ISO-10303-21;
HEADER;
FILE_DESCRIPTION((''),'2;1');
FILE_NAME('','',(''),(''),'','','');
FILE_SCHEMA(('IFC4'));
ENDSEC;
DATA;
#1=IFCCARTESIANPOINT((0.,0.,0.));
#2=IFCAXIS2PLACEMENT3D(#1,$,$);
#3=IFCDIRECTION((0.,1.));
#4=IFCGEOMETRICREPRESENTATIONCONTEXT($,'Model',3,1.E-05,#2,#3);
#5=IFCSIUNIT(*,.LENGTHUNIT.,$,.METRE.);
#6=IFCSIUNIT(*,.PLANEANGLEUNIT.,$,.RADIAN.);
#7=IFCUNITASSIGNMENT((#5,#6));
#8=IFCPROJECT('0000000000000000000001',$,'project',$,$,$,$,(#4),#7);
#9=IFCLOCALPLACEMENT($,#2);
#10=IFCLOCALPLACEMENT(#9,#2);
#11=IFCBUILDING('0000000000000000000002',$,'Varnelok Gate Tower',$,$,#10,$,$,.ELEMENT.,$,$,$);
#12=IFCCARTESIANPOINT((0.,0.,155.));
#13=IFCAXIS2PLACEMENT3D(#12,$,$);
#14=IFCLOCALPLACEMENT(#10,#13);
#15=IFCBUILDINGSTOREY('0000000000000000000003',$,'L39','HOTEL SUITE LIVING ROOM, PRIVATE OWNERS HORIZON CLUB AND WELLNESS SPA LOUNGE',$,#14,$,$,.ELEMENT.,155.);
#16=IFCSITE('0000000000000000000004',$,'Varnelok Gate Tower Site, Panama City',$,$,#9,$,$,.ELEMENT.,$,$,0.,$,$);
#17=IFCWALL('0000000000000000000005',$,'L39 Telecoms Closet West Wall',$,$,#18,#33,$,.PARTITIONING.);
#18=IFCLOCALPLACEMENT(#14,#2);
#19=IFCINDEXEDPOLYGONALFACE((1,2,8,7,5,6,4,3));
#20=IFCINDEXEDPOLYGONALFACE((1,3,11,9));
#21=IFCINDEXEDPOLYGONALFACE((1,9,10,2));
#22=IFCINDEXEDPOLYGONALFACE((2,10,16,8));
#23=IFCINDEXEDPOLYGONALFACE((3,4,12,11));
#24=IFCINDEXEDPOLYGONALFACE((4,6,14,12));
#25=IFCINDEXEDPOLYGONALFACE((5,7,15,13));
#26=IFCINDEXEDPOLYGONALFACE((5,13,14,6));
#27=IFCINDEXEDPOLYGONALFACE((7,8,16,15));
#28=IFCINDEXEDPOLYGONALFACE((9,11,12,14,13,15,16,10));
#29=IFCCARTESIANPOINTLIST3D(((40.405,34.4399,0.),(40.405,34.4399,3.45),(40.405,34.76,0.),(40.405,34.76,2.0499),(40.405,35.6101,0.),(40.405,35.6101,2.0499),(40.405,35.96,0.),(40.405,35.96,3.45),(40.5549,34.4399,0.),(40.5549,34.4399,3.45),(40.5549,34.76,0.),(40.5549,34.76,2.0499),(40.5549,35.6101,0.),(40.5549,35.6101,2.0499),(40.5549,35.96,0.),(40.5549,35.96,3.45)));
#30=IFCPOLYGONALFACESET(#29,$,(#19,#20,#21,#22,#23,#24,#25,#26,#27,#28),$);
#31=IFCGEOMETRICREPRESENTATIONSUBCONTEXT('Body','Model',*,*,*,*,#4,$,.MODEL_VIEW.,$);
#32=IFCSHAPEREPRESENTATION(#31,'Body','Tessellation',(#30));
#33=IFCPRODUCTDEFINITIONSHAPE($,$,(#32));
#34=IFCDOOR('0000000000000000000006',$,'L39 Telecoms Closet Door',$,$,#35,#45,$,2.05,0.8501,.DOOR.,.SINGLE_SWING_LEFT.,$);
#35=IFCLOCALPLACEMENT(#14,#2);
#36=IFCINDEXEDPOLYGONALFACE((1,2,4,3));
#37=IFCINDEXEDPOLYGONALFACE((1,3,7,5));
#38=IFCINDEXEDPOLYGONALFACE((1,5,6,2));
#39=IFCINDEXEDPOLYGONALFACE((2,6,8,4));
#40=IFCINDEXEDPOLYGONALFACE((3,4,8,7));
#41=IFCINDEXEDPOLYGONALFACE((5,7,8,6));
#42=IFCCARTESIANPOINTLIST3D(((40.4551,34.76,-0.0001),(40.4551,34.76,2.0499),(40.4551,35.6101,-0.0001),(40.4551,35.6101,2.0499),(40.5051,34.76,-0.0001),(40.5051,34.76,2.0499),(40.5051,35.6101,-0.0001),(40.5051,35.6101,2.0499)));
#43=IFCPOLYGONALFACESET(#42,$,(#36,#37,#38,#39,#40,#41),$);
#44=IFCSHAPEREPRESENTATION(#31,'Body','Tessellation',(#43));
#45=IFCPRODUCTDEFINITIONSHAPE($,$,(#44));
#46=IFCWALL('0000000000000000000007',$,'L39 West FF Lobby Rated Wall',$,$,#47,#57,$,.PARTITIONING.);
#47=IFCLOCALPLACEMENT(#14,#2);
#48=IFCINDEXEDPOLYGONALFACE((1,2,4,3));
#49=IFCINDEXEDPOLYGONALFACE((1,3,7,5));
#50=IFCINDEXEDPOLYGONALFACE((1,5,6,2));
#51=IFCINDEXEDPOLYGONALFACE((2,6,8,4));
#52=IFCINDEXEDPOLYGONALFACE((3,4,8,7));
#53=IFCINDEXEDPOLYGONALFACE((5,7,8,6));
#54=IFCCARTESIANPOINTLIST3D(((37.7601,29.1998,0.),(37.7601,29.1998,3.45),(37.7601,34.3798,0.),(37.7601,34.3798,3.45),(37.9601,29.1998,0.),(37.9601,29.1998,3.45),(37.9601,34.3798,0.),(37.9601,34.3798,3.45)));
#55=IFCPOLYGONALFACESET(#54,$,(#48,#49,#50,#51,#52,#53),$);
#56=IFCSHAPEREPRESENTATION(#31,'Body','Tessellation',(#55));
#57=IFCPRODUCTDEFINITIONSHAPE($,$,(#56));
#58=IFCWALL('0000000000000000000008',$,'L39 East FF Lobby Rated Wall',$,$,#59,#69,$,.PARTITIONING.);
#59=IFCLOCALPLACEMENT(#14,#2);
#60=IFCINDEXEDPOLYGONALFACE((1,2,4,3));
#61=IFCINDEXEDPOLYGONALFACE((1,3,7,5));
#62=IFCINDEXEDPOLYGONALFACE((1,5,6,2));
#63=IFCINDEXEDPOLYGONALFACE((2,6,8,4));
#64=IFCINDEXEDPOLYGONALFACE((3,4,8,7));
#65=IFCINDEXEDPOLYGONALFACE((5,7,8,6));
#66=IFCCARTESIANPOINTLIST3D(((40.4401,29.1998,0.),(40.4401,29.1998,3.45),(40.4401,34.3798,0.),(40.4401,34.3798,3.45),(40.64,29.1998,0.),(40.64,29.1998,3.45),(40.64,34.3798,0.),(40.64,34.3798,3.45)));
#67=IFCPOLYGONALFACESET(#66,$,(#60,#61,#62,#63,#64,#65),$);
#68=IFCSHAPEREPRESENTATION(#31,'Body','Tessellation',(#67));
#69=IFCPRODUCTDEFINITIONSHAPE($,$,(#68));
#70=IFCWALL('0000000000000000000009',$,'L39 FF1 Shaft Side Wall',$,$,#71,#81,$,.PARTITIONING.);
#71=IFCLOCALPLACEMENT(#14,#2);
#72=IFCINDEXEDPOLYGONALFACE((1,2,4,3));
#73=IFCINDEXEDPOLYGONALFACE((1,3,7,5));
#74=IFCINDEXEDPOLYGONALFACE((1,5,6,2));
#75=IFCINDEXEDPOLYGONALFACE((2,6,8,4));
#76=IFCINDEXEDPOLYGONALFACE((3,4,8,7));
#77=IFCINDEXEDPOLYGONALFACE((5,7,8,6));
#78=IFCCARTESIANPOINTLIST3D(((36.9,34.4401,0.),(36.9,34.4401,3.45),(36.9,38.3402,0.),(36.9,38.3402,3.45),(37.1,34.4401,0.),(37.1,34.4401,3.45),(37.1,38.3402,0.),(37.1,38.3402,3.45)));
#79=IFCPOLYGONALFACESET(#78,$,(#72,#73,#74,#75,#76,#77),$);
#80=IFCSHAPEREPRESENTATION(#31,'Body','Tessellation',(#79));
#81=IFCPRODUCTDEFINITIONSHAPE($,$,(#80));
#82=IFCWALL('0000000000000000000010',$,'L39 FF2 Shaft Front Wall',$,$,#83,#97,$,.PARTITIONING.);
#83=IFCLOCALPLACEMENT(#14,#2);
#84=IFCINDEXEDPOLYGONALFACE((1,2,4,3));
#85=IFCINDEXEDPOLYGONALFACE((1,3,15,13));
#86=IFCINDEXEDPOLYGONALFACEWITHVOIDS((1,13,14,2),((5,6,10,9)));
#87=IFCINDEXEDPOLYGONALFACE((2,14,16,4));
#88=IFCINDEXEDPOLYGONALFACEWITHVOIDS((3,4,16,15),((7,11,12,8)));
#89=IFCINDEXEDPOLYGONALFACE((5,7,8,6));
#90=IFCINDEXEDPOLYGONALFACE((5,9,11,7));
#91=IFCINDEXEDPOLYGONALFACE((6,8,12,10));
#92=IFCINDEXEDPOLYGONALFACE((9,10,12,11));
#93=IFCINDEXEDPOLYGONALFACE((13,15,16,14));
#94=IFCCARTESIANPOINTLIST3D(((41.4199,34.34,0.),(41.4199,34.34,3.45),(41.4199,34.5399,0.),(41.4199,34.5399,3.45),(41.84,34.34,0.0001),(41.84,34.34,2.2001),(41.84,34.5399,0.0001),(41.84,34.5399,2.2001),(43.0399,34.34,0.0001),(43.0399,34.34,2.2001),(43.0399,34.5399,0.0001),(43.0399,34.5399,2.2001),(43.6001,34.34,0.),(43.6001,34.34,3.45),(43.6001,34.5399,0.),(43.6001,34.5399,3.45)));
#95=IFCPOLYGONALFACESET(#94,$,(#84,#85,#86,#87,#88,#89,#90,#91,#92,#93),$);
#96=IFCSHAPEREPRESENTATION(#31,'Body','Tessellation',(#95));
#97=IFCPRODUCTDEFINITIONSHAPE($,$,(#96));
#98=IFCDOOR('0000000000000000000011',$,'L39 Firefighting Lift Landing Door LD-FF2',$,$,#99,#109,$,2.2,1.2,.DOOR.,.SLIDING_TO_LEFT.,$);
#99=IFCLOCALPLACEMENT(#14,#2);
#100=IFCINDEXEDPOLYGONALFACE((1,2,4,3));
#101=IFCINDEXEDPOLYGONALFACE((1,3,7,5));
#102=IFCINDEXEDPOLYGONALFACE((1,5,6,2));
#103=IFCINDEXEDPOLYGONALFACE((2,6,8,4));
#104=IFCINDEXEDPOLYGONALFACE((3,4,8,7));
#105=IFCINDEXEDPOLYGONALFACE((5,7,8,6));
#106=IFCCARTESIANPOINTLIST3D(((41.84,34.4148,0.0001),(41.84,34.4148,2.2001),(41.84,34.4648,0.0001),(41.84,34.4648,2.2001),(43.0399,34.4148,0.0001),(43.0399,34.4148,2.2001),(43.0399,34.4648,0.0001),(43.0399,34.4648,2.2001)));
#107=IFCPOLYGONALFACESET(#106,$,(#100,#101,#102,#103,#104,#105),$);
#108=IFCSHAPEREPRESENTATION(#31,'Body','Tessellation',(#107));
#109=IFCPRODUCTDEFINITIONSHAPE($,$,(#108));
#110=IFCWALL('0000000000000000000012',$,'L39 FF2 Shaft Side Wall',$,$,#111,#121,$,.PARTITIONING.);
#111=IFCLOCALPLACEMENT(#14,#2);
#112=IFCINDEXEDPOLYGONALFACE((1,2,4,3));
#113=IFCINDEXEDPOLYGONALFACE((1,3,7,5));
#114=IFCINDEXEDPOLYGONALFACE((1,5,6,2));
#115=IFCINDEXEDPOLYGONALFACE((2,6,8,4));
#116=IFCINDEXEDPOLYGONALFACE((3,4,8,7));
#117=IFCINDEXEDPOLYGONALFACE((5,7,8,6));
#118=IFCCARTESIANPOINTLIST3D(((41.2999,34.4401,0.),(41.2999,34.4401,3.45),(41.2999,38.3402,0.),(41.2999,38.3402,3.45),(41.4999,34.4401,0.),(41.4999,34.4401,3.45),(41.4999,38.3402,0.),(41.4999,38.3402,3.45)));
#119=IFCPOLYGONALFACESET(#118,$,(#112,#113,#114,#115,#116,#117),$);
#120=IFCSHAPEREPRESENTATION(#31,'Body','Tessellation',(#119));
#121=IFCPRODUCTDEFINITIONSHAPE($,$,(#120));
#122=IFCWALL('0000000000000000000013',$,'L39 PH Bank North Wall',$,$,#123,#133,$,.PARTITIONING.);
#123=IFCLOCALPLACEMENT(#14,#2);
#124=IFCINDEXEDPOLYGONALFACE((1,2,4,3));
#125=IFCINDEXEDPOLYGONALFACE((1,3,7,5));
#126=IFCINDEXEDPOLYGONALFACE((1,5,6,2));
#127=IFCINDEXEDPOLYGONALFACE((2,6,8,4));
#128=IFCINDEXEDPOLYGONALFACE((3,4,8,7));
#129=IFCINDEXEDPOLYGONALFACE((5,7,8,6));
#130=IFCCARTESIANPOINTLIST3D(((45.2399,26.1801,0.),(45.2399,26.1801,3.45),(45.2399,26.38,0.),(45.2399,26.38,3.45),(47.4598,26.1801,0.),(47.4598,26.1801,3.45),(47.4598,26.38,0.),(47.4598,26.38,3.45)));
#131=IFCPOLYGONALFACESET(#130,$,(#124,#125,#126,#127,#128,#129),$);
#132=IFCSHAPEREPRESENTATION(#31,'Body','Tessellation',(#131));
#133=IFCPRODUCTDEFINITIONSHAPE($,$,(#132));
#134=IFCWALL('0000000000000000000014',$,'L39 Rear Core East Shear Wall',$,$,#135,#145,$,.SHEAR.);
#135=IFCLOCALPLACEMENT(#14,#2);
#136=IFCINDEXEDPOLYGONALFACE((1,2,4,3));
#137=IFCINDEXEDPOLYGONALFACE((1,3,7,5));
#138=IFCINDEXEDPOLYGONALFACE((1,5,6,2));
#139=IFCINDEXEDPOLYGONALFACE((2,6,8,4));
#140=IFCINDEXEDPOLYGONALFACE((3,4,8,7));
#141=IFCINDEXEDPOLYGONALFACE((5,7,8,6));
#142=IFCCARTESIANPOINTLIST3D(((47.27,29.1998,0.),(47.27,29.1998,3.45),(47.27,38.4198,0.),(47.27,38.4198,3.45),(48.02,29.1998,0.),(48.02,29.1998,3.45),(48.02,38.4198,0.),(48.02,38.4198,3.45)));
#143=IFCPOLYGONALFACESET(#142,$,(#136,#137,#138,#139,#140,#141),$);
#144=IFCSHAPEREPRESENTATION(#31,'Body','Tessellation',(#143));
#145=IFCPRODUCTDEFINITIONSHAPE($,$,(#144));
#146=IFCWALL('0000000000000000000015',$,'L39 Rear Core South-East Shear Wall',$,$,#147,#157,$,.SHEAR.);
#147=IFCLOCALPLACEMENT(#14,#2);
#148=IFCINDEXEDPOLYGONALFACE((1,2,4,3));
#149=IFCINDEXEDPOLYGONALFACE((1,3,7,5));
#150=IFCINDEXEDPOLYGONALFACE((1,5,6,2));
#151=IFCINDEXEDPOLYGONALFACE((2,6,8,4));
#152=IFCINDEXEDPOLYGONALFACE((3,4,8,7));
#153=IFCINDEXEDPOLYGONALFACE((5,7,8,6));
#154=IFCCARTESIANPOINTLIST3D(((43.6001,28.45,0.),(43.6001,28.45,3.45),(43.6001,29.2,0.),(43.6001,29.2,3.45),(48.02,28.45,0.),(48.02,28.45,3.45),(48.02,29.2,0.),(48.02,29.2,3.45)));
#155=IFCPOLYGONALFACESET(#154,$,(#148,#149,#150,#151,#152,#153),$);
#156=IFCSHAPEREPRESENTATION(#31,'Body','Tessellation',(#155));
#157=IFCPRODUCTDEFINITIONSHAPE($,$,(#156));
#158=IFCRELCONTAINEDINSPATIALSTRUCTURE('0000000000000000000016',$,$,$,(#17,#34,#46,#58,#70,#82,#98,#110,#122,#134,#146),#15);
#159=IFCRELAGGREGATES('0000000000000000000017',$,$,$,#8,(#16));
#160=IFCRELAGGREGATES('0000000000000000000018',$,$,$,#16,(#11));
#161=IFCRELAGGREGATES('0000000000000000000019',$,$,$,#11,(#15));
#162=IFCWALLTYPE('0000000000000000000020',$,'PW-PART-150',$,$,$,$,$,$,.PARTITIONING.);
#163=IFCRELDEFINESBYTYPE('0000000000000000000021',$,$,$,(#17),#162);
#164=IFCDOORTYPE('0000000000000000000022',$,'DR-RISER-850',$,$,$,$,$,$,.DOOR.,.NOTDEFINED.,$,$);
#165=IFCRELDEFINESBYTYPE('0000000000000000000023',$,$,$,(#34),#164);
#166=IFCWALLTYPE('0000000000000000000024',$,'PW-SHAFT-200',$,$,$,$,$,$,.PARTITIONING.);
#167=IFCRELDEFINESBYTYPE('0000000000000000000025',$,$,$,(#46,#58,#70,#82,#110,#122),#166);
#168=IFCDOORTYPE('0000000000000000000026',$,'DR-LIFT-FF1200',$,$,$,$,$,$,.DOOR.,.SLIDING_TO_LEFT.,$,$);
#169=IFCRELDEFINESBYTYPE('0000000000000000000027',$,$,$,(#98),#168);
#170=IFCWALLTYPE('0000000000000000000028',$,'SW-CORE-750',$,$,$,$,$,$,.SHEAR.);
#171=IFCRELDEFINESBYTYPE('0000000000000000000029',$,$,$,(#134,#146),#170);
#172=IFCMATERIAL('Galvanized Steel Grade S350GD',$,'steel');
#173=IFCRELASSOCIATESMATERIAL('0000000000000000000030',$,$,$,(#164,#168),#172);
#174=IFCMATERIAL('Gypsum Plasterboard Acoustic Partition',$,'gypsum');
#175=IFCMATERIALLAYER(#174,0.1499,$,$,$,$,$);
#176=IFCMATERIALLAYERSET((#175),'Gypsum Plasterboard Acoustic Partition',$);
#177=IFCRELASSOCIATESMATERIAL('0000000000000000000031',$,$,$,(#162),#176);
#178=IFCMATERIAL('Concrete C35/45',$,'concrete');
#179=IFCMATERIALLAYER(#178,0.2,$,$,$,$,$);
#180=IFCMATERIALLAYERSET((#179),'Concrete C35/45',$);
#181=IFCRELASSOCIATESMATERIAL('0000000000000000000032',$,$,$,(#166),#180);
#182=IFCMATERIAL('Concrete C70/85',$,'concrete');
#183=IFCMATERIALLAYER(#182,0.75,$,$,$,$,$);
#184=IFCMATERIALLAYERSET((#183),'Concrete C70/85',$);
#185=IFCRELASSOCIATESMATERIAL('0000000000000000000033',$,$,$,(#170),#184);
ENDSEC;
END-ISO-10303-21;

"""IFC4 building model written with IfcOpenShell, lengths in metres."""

from ifc_helpers import new_model, si_unit, direction, frame, frame_2d, origin, place, context, subcontext, project, spatial, rectangle, extrude, material, layer, layer_set, type_object, element, fill, save


model = new_model("IFC4")

# Units and contexts
model_context = context("Model", 3, precision=1e-05, world=origin(), true_north=direction((0.0, 1.0)))
body_context = subcontext(model_context, "Body", "Model", "MODEL_VIEW")
ifc_project = project(units=[si_unit("LENGTHUNIT", "METRE"), si_unit("PLANEANGLEUNIT", "RADIAN")], contexts=[model_context])

# Site, building, storey
site_placement = place(None, origin())
site = spatial("IfcSite", under=ifc_project, at=site_placement, Name="Varnelok Gate Tower Site, Panama City", CompositionType="ELEMENT", RefElevation=0.0)
building_placement = place(site_placement, origin())
building = spatial("IfcBuilding", under=site, at=building_placement, Name="Varnelok Gate Tower", CompositionType="ELEMENT")
storey_placement = place(building_placement, frame((0.0, 0.0, 155.0)))
storey = spatial("IfcBuildingStorey", under=building, at=storey_placement, Name="L39", Description="HOTEL SUITE LIVING ROOM, PRIVATE OWNERS HORIZON CLUB AND WELLNESS SPA LOUNGE", CompositionType="ELEMENT", Elevation=155.0)

# Shared definitions
ifc_material_1 = material(Name="Gypsum Plasterboard Acoustic Partition", Category="gypsum")

# Shared definitions
ifc_material_2 = material(Name="Galvanized Steel Grade S350GD", Category="steel")
door_type_1 = type_object("IfcDoorType", Name="DR-RISER-850", OperationType="NOTDEFINED", PredefinedType="DOOR", material=ifc_material_2)

# Wall, opening, door
ifc_layer_1 = layer(ifc_material_1, 0.1499)
ifc_layer_set_1 = layer_set([ifc_layer_1], Name="Gypsum Plasterboard Acoustic Partition")
wall_type_1 = type_object("IfcWallType", Name="PW-PART-150", PredefinedType="PARTITIONING", material=ifc_layer_set_1)
wall_1_placement = place(storey_placement, frame((40.48, 34.4399, 0.0), z_axis=(0.0, 0.0, 1.0), x_axis=(0.0, 1.0, 0.0)))
wall_1 = element("IfcWall", 1, at=wall_1_placement, inside=storey, type_object=wall_type_1, Name="L39 Telecoms Closet West Wall", PredefinedType="PARTITIONING", context=body_context, shape_type="SweptSolid", body=[
    extrude(rectangle(XDim=1.52, YDim=0.1499, at=frame_2d((0.76, 0.0))), origin(), (0.0, 0.0, 1.0), 3.45),
])
opening_1_placement = place(wall_1_placement, frame((0.3201, 0.0, 0.0)))
opening_1 = element("IfcOpeningElement", 2, at=opening_1_placement, cuts=wall_1, PredefinedType="OPENING", context=body_context, shape_type="SweptSolid", body=[
    extrude(rectangle(XDim=0.8501, YDim=2.05, at=frame_2d((0.425, 1.0249))), frame((0.0, 0.085, 0.0), z_axis=(0.0, -1.0, 0.0), x_axis=(1.0, 0.0, 0.0)), (0.0, 0.0, 1.0), 0.1699),
])
door_1_placement = place(opening_1_placement, origin())
door_1 = element("IfcDoor", 3, at=door_1_placement, inside=storey, type_object=door_type_1, Name="L39 Telecoms Closet Door", OperationType="SINGLE_SWING_LEFT", OverallHeight=2.05, OverallWidth=0.8501, PredefinedType="DOOR", context=body_context, shape_type="SweptSolid", body=[
    extrude(rectangle(XDim=0.8501, YDim=2.05, at=frame_2d((0.425, 1.0249))), frame((0.0, 0.0249, 0.0), z_axis=(0.0, -1.0, 0.0), x_axis=(1.0, 0.0, 0.0)), (0.0, 0.0, 1.0), 0.05),
])
fill(opening_1, door_1)

# Walls
ifc_material_3 = material(Name="Concrete C35/45", Category="concrete")
ifc_layer_2 = layer(ifc_material_3, 0.2)
ifc_layer_set_2 = layer_set([ifc_layer_2], Name="Concrete C35/45")
wall_type_2 = type_object("IfcWallType", Name="PW-SHAFT-200", PredefinedType="PARTITIONING", material=ifc_layer_set_2)
for number, where, z_axis, x_axis, name in (
    (4, (37.8601, 29.2, 0.0), (0.0, 0.0, 1.0), (0.0, 1.0, 0.0), "L39 West FF Lobby Rated Wall"),
    (5, (40.54, 29.2, 0.0), (0.0, 0.0, 1.0), (0.0, 1.0, 0.0), "L39 East FF Lobby Rated Wall"),
):
    element("IfcWall", number, at=place(storey_placement, frame(where, z_axis=z_axis, x_axis=x_axis)), inside=storey, type_object=wall_type_2, Name=name, PredefinedType="PARTITIONING", context=body_context, shape_type="SweptSolid", body=[
        extrude(rectangle(XDim=5.1799, YDim=0.2, at=frame_2d((2.5898, 0.0))), origin(), (0.0, 0.0, 1.0), 3.45),
    ])
wall_2_placement = place(storey_placement, frame((37.0, 34.4399, 0.0), z_axis=(0.0, 0.0, 1.0), x_axis=(0.0, 1.0, 0.0)))
element("IfcWall", 6, at=wall_2_placement, inside=storey, type_object=wall_type_2, Name="L39 FF1 Shaft Side Wall", PredefinedType="PARTITIONING", context=body_context, shape_type="SweptSolid", body=[
    extrude(rectangle(XDim=3.9001, YDim=0.2, at=frame_2d((1.9502, 0.0))), origin(), (0.0, 0.0, 1.0), 3.45),
])

# Wall, opening, door
wall_3_placement = place(storey_placement, frame((41.4199, 34.4399, 0.0), z_axis=(0.0, 0.0, 1.0), x_axis=(1.0, 0.0, 0.0)))
wall_3 = element("IfcWall", 7, at=wall_3_placement, inside=storey, type_object=wall_type_2, Name="L39 FF2 Shaft Front Wall", PredefinedType="PARTITIONING", context=body_context, shape_type="SweptSolid", body=[
    extrude(rectangle(XDim=2.1802, YDim=0.2, at=frame_2d((1.0901, 0.0))), origin(), (0.0, 0.0, 1.0), 3.45),
])
opening_2_placement = place(wall_3_placement, frame((0.4199, 0.0, 0.0)))
opening_2 = element("IfcOpeningElement", 8, at=opening_2_placement, cuts=wall_3, PredefinedType="OPENING", context=body_context, shape_type="SweptSolid", body=[
    extrude(rectangle(XDim=1.2, YDim=2.2, at=frame_2d((0.6001, 1.1001))), frame((0.0, 0.1099, 0.0), z_axis=(0.0, -1.0, 0.0), x_axis=(1.0, 0.0, 0.0)), (0.0, 0.0, 1.0), 0.22),
])
door_type_2 = type_object("IfcDoorType", Name="DR-LIFT-FF1200", OperationType="SLIDING_TO_LEFT", PredefinedType="DOOR", material=ifc_material_2)
door_2_placement = place(opening_2_placement, origin())
door_2 = element("IfcDoor", 9, at=door_2_placement, inside=storey, type_object=door_type_2, Name="L39 Firefighting Lift Landing Door LD-FF2", OperationType="SLIDING_TO_LEFT", OverallHeight=2.2, OverallWidth=1.2, PredefinedType="DOOR", context=body_context, shape_type="SweptSolid", body=[
    extrude(rectangle(XDim=1.2, YDim=2.2, at=frame_2d((0.6001, 1.1001))), frame((0.0, 0.0249, 0.0), z_axis=(0.0, -1.0, 0.0), x_axis=(1.0, 0.0, 0.0)), (0.0, 0.0, 1.0), 0.05),
])
fill(opening_2, door_2)

# Walls
wall_4_placement = place(storey_placement, frame((41.3999, 34.4399, 0.0), z_axis=(0.0, 0.0, 1.0), x_axis=(0.0, 1.0, 0.0)))
element("IfcWall", 10, at=wall_4_placement, inside=storey, type_object=wall_type_2, Name="L39 FF2 Shaft Side Wall", PredefinedType="PARTITIONING", context=body_context, shape_type="SweptSolid", body=[
    extrude(rectangle(XDim=3.9001, YDim=0.2, at=frame_2d((1.9502, 0.0))), origin(), (0.0, 0.0, 1.0), 3.45),
])
wall_5_placement = place(storey_placement, frame((45.24, 26.28, 0.0), z_axis=(0.0, 0.0, 1.0), x_axis=(1.0, 0.0, 0.0)))
element("IfcWall", 11, at=wall_5_placement, inside=storey, type_object=wall_type_2, Name="L39 PH Bank North Wall", PredefinedType="PARTITIONING", context=body_context, shape_type="SweptSolid", body=[
    extrude(rectangle(XDim=2.22, YDim=0.2, at=frame_2d((1.1099, 0.0))), origin(), (0.0, 0.0, 1.0), 3.45),
])
ifc_material_4 = material(Name="Concrete C70/85", Category="concrete")
ifc_layer_3 = layer(ifc_material_4, 0.75)
ifc_layer_set_3 = layer_set([ifc_layer_3], Name="Concrete C70/85")
wall_type_3 = type_object("IfcWallType", Name="SW-CORE-750", PredefinedType="SHEAR", material=ifc_layer_set_3)
wall_6_placement = place(storey_placement, frame((47.645, 29.2, 0.0), z_axis=(0.0, 0.0, 1.0), x_axis=(0.0, 1.0, 0.0)))
element("IfcWall", 12, at=wall_6_placement, inside=storey, type_object=wall_type_3, Name="L39 Rear Core East Shear Wall", PredefinedType="SHEAR", context=body_context, shape_type="SweptSolid", body=[
    extrude(rectangle(XDim=9.22, YDim=0.75, at=frame_2d((4.6099, 0.0))), origin(), (0.0, 0.0, 1.0), 3.45),
])
wall_7_placement = place(storey_placement, frame((43.6001, 28.825, 0.0), z_axis=(0.0, 0.0, 1.0), x_axis=(1.0, 0.0, 0.0)))
element("IfcWall", 13, at=wall_7_placement, inside=storey, type_object=wall_type_3, Name="L39 Rear Core South-East Shear Wall", PredefinedType="SHEAR", context=body_context, shape_type="SweptSolid", body=[
    extrude(rectangle(XDim=4.4199, YDim=0.75, at=frame_2d((2.21, 0.0))), origin(), (0.0, 0.0, 1.0), 3.45),
])

save(model, "model.ifc")
